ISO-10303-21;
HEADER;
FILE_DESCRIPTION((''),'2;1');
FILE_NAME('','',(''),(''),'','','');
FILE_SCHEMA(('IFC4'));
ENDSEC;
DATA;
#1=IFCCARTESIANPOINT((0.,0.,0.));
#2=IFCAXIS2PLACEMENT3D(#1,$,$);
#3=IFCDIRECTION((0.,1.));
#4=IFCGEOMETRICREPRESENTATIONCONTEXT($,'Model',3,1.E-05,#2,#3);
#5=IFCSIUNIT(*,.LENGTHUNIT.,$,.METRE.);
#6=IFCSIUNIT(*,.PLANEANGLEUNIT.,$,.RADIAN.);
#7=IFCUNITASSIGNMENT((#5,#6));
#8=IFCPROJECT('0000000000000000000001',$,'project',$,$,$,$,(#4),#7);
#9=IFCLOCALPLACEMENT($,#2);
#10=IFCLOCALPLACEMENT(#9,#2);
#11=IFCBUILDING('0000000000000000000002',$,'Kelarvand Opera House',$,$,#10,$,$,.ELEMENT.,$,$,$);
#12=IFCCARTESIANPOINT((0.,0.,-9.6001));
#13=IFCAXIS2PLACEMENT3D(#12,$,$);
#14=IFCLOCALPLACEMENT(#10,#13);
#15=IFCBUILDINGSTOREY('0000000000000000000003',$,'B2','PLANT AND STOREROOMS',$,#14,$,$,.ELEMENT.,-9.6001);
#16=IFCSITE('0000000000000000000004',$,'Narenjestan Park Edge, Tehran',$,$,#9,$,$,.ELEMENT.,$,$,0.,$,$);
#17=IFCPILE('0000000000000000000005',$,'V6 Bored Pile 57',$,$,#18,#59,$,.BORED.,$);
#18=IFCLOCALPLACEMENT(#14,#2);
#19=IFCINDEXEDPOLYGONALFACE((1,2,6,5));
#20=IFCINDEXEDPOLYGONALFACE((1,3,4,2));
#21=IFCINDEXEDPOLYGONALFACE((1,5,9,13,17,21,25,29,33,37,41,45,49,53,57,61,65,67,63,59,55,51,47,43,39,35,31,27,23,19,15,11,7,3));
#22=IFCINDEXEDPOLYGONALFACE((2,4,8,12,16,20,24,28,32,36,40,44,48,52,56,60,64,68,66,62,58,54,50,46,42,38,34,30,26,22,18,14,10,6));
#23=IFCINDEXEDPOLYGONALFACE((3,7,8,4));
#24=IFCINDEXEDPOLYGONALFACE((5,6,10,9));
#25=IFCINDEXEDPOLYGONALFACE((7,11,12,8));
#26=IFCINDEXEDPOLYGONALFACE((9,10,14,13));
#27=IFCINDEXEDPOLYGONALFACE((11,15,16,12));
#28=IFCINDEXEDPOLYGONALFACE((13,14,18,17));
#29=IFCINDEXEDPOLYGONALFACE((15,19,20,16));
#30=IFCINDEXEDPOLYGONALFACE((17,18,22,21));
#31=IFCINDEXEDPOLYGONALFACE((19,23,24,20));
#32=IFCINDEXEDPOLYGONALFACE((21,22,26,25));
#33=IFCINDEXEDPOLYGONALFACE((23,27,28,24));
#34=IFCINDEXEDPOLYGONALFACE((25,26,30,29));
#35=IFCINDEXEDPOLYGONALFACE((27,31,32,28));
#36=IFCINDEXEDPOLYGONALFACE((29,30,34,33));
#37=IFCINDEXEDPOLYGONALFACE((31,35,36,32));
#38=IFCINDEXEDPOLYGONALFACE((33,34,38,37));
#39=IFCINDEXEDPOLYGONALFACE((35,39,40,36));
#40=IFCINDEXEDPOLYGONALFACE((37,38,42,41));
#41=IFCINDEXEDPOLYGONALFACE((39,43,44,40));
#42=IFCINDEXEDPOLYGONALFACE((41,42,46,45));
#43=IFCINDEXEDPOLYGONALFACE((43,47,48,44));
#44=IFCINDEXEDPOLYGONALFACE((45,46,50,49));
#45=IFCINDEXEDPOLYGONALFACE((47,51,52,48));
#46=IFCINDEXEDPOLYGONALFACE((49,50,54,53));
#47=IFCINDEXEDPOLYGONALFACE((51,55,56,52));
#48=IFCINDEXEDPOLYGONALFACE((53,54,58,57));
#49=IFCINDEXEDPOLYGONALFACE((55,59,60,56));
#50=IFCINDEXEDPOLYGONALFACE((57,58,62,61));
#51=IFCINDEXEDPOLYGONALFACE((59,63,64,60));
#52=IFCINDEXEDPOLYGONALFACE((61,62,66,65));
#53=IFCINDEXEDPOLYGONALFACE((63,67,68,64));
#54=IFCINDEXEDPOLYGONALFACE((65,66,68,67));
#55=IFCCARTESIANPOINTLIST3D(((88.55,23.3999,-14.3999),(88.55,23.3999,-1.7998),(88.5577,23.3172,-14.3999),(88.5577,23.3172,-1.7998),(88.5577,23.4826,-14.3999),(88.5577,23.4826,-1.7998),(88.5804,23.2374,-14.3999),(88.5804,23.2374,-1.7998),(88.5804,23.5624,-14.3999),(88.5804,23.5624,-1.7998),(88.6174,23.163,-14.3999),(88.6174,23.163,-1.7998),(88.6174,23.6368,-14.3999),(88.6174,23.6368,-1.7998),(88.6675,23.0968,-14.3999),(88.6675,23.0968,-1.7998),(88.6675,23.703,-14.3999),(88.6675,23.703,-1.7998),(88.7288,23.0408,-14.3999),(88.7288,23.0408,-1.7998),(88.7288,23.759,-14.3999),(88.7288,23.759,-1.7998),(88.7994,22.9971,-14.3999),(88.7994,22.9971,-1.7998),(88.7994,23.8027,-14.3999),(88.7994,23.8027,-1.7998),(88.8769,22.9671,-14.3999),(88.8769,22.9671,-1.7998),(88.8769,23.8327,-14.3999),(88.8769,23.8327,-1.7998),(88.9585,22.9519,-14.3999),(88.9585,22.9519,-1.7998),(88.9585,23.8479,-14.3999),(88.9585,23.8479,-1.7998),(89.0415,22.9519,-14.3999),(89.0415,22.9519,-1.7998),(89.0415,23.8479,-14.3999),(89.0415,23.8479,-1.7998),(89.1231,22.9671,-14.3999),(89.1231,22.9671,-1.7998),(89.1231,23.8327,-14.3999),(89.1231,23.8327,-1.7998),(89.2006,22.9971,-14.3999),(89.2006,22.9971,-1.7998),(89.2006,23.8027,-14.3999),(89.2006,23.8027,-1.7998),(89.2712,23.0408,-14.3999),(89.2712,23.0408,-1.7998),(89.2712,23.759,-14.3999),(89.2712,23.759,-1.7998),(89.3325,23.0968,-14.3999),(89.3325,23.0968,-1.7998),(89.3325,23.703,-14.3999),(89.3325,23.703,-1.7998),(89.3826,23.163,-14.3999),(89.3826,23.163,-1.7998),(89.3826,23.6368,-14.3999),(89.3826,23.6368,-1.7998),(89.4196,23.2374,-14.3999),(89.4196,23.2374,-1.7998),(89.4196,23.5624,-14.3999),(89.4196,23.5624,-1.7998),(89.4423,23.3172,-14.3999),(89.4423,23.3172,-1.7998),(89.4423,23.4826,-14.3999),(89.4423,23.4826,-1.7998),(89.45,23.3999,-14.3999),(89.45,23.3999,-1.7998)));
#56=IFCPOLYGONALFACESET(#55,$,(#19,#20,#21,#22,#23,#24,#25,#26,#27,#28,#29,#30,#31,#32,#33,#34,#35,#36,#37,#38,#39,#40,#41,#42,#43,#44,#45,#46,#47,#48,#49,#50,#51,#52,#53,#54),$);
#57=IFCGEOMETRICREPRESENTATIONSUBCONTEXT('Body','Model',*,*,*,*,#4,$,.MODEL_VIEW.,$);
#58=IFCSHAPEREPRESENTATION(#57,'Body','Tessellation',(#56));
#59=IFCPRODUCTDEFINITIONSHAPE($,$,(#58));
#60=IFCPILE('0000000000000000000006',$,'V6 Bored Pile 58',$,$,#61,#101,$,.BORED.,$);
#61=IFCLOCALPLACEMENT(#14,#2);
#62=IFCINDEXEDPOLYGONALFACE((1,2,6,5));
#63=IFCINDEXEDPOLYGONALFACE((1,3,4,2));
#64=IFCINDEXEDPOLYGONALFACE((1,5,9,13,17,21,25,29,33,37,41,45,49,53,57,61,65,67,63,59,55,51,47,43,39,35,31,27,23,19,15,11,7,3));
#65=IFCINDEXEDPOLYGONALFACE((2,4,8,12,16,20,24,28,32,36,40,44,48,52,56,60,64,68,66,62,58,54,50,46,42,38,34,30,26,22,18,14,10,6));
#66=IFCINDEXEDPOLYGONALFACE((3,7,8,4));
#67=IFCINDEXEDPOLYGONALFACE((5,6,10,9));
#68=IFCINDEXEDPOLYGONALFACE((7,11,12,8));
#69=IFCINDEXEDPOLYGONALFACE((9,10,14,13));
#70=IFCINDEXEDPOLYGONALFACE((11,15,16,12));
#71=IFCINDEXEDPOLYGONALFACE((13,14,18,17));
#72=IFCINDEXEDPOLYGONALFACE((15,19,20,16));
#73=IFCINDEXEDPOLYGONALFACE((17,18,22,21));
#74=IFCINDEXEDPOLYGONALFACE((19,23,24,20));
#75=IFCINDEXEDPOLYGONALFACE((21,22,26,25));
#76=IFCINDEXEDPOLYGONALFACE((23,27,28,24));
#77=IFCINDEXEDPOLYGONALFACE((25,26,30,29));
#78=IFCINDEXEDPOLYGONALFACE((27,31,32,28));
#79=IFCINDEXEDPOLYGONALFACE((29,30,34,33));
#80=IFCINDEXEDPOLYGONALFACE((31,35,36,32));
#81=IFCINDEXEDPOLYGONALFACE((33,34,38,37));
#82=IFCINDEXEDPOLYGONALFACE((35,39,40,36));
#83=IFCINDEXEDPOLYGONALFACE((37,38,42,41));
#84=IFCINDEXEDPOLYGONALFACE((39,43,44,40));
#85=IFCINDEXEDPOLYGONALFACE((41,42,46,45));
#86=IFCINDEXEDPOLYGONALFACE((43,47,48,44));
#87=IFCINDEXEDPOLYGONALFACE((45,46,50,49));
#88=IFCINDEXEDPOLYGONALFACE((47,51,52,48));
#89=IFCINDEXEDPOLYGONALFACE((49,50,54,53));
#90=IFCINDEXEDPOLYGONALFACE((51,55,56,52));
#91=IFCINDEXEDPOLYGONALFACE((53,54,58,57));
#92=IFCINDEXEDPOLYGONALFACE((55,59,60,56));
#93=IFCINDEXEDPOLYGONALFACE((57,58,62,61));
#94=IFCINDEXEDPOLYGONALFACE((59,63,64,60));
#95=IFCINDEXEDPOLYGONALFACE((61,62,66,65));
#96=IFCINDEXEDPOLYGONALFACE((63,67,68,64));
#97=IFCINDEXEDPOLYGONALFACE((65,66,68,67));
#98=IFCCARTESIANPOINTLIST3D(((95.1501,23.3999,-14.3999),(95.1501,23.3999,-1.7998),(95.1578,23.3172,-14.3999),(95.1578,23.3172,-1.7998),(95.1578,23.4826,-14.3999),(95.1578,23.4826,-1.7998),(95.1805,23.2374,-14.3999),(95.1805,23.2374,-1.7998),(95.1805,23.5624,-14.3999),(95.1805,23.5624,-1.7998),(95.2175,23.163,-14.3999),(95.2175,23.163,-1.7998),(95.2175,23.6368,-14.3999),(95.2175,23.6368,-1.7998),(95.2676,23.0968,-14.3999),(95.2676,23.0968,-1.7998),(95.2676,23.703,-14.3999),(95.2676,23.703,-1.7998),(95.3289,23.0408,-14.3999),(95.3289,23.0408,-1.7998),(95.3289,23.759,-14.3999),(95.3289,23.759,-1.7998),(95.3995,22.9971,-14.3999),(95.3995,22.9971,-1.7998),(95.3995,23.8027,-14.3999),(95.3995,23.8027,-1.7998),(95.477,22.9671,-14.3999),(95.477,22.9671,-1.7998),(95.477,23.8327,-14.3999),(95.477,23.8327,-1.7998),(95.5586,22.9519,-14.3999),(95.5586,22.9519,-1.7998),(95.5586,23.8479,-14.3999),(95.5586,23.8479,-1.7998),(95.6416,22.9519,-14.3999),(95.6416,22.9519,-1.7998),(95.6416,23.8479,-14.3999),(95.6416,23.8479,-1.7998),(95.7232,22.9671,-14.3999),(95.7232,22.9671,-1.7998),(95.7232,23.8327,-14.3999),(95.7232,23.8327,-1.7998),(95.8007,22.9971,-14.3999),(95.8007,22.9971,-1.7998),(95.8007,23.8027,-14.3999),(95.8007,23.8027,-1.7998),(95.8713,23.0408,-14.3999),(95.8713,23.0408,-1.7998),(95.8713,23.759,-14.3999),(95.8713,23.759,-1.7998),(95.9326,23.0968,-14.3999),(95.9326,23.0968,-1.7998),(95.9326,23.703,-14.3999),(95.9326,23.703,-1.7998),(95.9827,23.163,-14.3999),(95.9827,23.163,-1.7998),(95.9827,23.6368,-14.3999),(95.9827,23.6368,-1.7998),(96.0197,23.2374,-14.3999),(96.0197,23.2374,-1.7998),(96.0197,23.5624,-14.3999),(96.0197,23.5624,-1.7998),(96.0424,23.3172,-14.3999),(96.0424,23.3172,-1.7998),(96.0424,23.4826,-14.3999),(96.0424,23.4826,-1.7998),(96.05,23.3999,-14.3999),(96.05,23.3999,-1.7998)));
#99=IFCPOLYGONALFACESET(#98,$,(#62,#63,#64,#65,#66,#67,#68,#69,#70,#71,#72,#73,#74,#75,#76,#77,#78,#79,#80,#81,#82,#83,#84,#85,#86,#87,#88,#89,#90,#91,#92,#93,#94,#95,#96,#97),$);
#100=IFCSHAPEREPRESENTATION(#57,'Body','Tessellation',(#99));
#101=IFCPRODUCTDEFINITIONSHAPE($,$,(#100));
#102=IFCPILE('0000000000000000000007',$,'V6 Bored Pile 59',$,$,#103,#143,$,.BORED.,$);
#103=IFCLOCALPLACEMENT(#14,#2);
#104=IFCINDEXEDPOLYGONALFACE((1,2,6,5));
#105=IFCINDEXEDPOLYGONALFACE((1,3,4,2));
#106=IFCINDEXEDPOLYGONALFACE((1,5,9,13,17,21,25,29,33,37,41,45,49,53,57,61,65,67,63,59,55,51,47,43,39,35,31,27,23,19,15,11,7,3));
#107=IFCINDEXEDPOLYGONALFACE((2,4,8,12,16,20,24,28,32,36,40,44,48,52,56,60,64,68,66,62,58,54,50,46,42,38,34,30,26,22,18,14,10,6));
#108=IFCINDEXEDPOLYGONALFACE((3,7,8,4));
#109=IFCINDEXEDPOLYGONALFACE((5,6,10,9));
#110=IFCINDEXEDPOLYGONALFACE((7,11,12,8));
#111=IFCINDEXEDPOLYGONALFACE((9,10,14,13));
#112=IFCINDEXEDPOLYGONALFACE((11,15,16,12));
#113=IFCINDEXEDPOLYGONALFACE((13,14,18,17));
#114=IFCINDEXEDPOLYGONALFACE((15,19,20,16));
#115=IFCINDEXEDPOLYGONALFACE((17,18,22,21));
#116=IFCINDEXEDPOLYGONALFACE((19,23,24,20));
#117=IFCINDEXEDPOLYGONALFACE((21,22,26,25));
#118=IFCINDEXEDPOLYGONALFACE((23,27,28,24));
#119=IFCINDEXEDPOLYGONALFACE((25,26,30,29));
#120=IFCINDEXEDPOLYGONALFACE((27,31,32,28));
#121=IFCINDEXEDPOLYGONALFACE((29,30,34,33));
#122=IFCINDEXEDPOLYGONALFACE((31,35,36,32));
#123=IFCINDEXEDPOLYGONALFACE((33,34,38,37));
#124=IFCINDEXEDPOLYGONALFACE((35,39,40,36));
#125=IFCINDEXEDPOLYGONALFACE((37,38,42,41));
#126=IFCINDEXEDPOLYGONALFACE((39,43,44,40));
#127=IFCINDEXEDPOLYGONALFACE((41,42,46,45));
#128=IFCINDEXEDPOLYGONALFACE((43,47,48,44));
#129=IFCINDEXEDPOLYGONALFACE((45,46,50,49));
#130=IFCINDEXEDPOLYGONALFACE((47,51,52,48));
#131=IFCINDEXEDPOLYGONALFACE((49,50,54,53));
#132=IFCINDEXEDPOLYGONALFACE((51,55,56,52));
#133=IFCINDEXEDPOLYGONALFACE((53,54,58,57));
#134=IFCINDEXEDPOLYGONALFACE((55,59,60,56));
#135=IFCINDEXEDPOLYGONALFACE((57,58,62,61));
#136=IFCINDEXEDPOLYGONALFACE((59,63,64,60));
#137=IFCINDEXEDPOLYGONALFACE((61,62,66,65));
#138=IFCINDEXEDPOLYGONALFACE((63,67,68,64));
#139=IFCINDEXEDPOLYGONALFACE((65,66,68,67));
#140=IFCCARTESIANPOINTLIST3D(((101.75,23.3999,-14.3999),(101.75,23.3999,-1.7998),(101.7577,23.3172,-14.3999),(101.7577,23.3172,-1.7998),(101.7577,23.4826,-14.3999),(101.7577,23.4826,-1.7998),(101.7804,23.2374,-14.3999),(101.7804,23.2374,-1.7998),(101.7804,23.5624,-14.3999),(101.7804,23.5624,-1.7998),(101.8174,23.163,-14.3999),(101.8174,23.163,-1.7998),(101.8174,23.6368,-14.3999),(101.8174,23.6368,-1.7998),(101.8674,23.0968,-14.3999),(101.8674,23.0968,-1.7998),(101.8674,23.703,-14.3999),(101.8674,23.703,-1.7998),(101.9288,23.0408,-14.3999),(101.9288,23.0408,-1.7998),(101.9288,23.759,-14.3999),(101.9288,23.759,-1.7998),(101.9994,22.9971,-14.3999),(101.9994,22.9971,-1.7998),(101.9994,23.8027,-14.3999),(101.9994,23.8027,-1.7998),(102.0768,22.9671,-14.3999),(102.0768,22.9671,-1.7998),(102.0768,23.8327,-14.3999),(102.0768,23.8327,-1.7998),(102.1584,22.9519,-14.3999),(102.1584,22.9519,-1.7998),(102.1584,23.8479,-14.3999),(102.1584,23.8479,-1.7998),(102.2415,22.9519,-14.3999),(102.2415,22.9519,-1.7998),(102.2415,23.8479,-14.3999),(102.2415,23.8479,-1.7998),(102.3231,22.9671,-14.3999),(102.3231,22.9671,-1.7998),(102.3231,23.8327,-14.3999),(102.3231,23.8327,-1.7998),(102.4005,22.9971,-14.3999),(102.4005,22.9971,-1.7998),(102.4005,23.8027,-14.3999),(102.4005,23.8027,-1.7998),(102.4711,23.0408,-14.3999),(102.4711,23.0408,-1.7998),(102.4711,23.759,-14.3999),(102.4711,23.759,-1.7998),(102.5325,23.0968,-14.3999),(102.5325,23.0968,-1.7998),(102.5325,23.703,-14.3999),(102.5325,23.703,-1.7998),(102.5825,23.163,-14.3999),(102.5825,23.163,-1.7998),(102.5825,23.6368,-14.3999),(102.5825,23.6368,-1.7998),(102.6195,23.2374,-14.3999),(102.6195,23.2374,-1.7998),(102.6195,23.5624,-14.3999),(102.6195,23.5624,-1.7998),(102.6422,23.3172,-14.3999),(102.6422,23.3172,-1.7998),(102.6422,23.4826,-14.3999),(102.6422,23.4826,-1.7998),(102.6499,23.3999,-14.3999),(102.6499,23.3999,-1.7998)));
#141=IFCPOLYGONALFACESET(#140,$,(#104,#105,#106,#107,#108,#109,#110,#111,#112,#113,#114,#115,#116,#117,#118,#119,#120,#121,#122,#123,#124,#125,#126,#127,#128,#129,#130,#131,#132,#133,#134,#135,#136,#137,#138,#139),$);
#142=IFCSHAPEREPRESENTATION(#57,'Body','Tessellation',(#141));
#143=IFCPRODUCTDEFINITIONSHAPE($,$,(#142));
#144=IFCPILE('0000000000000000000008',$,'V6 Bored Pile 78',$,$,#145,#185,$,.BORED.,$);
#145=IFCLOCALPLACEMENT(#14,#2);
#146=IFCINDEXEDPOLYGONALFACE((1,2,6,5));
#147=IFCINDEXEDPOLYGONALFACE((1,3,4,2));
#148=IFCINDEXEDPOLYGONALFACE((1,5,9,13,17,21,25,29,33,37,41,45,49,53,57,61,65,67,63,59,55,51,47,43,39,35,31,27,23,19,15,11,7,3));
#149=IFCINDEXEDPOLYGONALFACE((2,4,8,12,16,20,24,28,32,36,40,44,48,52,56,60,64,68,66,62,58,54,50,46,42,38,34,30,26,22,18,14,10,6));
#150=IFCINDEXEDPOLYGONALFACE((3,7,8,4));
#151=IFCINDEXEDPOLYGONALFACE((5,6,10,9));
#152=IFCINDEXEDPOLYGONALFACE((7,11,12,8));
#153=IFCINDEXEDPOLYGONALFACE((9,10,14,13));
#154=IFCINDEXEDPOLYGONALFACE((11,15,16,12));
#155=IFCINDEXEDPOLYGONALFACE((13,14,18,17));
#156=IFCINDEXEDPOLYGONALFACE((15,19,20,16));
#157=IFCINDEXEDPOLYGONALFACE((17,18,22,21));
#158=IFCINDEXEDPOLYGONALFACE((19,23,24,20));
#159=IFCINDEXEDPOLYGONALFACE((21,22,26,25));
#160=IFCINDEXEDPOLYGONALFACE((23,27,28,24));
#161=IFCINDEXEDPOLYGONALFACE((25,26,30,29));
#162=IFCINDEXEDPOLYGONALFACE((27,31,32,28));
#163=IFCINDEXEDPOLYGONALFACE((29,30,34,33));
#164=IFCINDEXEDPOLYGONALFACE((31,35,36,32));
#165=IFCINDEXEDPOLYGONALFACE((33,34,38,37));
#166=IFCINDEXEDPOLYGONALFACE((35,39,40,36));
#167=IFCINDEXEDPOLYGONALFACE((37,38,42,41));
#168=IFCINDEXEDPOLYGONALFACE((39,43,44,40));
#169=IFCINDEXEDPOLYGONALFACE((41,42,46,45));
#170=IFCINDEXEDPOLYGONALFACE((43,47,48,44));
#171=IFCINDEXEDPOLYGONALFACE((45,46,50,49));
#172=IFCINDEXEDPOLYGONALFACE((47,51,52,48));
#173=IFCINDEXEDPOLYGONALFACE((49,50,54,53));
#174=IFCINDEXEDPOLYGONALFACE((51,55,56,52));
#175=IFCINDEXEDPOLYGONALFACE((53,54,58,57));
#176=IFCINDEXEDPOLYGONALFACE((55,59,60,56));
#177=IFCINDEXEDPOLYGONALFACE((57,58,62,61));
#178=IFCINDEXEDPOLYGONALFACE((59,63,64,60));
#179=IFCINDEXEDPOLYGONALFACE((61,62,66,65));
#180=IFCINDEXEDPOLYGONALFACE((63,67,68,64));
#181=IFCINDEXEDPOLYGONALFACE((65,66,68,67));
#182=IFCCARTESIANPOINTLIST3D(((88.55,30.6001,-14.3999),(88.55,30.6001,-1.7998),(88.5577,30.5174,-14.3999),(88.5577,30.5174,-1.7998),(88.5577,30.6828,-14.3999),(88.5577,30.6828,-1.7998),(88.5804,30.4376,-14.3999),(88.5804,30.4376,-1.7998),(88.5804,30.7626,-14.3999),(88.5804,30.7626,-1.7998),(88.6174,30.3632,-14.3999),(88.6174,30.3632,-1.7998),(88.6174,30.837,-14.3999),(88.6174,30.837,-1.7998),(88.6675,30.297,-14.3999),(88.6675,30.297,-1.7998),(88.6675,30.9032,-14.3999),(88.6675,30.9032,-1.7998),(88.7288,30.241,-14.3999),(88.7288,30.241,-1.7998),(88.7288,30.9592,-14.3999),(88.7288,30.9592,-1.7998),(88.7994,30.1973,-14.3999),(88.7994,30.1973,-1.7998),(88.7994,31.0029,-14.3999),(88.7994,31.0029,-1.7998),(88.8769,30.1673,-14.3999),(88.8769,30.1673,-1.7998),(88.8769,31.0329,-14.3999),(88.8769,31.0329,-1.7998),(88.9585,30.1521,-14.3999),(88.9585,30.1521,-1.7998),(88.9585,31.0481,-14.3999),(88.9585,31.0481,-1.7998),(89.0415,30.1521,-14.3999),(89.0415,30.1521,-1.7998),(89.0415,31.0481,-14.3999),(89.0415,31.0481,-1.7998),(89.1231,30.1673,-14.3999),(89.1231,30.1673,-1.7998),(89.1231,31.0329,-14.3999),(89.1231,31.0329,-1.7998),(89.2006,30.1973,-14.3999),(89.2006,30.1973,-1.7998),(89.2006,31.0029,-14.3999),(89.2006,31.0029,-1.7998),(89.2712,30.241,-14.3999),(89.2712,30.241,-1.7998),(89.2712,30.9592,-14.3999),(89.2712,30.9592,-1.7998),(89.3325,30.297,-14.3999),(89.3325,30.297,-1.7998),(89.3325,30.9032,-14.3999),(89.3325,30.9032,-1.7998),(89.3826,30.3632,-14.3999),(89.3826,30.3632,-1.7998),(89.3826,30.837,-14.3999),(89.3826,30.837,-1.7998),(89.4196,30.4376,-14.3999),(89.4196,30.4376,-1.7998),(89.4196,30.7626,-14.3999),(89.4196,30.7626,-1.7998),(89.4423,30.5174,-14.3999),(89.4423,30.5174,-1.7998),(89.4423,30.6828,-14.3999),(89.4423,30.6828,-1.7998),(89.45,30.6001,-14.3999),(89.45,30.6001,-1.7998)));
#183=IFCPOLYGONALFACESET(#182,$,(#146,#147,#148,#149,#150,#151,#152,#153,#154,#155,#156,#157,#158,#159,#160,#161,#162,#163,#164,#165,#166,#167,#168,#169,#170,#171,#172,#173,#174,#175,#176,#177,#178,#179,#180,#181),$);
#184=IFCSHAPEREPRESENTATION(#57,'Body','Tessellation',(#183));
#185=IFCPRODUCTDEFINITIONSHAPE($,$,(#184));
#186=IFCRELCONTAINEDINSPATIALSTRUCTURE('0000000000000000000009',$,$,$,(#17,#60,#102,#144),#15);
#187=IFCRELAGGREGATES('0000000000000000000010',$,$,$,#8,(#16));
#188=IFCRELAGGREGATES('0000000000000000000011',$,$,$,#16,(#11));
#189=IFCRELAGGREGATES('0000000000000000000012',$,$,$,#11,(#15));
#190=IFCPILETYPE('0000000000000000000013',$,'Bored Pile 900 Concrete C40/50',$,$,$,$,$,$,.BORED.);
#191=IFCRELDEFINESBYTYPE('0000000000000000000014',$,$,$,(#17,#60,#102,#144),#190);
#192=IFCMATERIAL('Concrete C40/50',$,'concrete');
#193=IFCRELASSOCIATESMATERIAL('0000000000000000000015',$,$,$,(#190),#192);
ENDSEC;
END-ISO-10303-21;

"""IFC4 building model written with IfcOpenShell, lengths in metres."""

from ifc_helpers import new_model, si_unit, direction, frame, origin, origin_2d, place, context, subcontext, project, spatial, circle, extrude, material, material_profile, profile_set, type_object, element, save


model = new_model("IFC4")

# Units and contexts
model_context = context("Model", 3, precision=1e-05, world=origin(), true_north=direction((0.0, 1.0)))
body_context = subcontext(model_context, "Body", "Model", "MODEL_VIEW")
ifc_project = project(units=[si_unit("LENGTHUNIT", "METRE"), si_unit("PLANEANGLEUNIT", "RADIAN")], contexts=[model_context])

# Site, building, storey
site_placement = place(None, origin())
site = spatial("IfcSite", under=ifc_project, at=site_placement, Name="Narenjestan Park Edge, Tehran", CompositionType="ELEMENT", RefElevation=0.0)
building_placement = place(site_placement, origin())
building = spatial("IfcBuilding", under=site, at=building_placement, Name="Kelarvand Opera House", CompositionType="ELEMENT")
storey_placement = place(building_placement, frame((0.0, 0.0, -9.6001)))
storey = spatial("IfcBuildingStorey", under=building, at=storey_placement, Name="B2", Description="PLANT AND STOREROOMS", CompositionType="ELEMENT", Elevation=-9.6001)

# Piles
ifc_material_1 = material(Name="Concrete C40/50", Category="concrete")
ifc_material_profile_1 = material_profile(ifc_material_1, circle(Radius=0.45, at=origin_2d()), Name="BP 900", Category="concrete")
ifc_profile_set_1 = profile_set([ifc_material_profile_1], Name="Concrete C40/50")
pile_type = type_object("IfcPileType", Name="Bored Pile 900 Concrete C40/50", PredefinedType="BORED", material=ifc_profile_set_1)
for number, where, z_axis, x_axis, name in (
    (1, (89.0, 23.3999, -1.7998), (0.0, 0.0, -1.0), (1.0, 0.0, 0.0), "V6 Bored Pile 57"),
    (2, (95.6001, 23.3999, -1.7998), (0.0, 0.0, -1.0), (1.0, 0.0, 0.0), "V6 Bored Pile 58"),
    (3, (102.2, 23.3999, -1.7998), (0.0, 0.0, -1.0), (1.0, 0.0, 0.0), "V6 Bored Pile 59"),
    (4, (89.0, 30.6001, -1.7998), (0.0, 0.0, -1.0), (1.0, 0.0, 0.0), "V6 Bored Pile 78"),
):
    element("IfcPile", number, at=place(storey_placement, frame(where, z_axis=z_axis, x_axis=x_axis)), inside=storey, type_object=pile_type, Name=name, PredefinedType="BORED", context=body_context, shape_type="SweptSolid", body=[
        extrude(circle(Radius=0.45, at=origin_2d()), origin(), (0.0, 0.0, 1.0), 12.6001),
    ])

save(model, "model.ifc")
